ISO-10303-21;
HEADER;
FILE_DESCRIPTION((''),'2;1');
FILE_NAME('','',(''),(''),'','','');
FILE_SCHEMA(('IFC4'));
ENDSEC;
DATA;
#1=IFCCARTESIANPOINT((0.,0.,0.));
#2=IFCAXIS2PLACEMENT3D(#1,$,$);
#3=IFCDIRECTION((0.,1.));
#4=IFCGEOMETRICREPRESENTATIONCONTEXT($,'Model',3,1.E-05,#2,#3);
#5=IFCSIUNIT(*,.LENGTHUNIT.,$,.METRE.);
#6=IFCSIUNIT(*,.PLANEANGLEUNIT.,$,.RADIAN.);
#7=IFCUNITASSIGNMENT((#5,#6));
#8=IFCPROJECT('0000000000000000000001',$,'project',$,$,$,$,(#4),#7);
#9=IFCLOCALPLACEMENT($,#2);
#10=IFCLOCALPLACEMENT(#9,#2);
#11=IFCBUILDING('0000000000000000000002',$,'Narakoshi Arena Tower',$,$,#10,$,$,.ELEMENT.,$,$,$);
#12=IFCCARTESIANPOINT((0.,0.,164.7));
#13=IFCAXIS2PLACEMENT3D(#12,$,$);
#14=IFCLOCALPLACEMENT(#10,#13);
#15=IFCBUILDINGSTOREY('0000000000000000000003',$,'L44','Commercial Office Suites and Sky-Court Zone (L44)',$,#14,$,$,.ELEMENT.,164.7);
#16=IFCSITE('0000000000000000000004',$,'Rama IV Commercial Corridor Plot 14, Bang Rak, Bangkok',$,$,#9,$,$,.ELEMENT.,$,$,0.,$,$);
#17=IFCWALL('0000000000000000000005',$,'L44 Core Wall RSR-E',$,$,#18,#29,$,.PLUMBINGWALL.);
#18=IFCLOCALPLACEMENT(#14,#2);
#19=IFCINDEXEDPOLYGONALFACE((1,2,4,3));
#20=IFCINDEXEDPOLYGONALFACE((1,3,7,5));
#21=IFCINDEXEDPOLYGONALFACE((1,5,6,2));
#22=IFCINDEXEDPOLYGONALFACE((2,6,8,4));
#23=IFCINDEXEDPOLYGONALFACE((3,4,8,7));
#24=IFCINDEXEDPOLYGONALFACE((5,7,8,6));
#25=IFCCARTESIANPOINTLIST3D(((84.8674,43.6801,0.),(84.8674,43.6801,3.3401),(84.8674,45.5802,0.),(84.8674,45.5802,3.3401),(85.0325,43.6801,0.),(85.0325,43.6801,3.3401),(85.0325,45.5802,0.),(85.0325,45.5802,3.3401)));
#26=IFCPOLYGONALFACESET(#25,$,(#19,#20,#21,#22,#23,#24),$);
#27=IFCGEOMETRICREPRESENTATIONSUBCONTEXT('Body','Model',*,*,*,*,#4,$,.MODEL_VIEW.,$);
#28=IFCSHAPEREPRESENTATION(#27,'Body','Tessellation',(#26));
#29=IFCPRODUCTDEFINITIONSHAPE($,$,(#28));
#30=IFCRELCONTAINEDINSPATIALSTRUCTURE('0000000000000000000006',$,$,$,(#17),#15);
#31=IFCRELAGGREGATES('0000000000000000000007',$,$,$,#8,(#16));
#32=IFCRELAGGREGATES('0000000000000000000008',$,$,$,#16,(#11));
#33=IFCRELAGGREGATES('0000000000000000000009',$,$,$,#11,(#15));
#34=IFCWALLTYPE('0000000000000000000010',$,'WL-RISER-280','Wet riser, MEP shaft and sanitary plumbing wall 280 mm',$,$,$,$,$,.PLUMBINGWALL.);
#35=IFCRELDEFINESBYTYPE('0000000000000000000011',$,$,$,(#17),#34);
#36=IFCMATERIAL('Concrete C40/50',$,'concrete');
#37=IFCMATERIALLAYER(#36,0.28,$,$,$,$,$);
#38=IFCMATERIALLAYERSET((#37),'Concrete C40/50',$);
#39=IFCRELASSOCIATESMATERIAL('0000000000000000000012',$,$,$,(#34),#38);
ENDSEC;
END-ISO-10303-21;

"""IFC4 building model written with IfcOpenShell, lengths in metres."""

from ifc_helpers import new_model, si_unit, direction, frame, frame_2d, origin, place, context, subcontext, project, spatial, rectangle, extrude, material, layer, layer_set, type_object, element, save


model = new_model("IFC4")

# Units and contexts
model_context = context("Model", 3, precision=1e-05, world=origin(), true_north=direction((0.0, 1.0)))
body_context = subcontext(model_context, "Body", "Model", "MODEL_VIEW")
ifc_project = project(units=[si_unit("LENGTHUNIT", "METRE"), si_unit("PLANEANGLEUNIT", "RADIAN")], contexts=[model_context])

# Site, building, storey
site_placement = place(None, origin())
site = spatial("IfcSite", under=ifc_project, at=site_placement, Name="Rama IV Commercial Corridor Plot 14, Bang Rak, Bangkok", CompositionType="ELEMENT", RefElevation=0.0)
building_placement = place(site_placement, origin())
building = spatial("IfcBuilding", under=site, at=building_placement, Name="Narakoshi Arena Tower", CompositionType="ELEMENT")
storey_placement = place(building_placement, frame((0.0, 0.0, 164.7)))
storey = spatial("IfcBuildingStorey", under=building, at=storey_placement, Name="L44", Description="Commercial Office Suites and Sky-Court Zone (L44)", CompositionType="ELEMENT", Elevation=164.7)

# Wall
ifc_material_1 = material(Name="Concrete C40/50", Category="concrete")
ifc_layer_1 = layer(ifc_material_1, 0.28)
ifc_layer_set_1 = layer_set([ifc_layer_1], Name="Concrete C40/50")
wall_type_1 = type_object("IfcWallType", Name="WL-RISER-280", Description="Wet riser, MEP shaft and sanitary plumbing wall 280 mm", PredefinedType="PLUMBINGWALL", material=ifc_layer_set_1)
wall_1_placement = place(storey_placement, frame((84.95, 43.6799, 0.0), z_axis=(0.0, 0.0, 1.0), x_axis=(0.0, 1.0, 0.0)))
element("IfcWall", 1, at=wall_1_placement, inside=storey, type_object=wall_type_1, Name="L44 Core Wall RSR-E", PredefinedType="PLUMBINGWALL", context=body_context, shape_type="SweptSolid", body=[
    extrude(rectangle(XDim=1.9001, YDim=0.165, at=frame_2d((0.9502, 0.0))), origin(), (0.0, 0.0, 1.0), 3.3401),
])

save(model, "model.ifc")
